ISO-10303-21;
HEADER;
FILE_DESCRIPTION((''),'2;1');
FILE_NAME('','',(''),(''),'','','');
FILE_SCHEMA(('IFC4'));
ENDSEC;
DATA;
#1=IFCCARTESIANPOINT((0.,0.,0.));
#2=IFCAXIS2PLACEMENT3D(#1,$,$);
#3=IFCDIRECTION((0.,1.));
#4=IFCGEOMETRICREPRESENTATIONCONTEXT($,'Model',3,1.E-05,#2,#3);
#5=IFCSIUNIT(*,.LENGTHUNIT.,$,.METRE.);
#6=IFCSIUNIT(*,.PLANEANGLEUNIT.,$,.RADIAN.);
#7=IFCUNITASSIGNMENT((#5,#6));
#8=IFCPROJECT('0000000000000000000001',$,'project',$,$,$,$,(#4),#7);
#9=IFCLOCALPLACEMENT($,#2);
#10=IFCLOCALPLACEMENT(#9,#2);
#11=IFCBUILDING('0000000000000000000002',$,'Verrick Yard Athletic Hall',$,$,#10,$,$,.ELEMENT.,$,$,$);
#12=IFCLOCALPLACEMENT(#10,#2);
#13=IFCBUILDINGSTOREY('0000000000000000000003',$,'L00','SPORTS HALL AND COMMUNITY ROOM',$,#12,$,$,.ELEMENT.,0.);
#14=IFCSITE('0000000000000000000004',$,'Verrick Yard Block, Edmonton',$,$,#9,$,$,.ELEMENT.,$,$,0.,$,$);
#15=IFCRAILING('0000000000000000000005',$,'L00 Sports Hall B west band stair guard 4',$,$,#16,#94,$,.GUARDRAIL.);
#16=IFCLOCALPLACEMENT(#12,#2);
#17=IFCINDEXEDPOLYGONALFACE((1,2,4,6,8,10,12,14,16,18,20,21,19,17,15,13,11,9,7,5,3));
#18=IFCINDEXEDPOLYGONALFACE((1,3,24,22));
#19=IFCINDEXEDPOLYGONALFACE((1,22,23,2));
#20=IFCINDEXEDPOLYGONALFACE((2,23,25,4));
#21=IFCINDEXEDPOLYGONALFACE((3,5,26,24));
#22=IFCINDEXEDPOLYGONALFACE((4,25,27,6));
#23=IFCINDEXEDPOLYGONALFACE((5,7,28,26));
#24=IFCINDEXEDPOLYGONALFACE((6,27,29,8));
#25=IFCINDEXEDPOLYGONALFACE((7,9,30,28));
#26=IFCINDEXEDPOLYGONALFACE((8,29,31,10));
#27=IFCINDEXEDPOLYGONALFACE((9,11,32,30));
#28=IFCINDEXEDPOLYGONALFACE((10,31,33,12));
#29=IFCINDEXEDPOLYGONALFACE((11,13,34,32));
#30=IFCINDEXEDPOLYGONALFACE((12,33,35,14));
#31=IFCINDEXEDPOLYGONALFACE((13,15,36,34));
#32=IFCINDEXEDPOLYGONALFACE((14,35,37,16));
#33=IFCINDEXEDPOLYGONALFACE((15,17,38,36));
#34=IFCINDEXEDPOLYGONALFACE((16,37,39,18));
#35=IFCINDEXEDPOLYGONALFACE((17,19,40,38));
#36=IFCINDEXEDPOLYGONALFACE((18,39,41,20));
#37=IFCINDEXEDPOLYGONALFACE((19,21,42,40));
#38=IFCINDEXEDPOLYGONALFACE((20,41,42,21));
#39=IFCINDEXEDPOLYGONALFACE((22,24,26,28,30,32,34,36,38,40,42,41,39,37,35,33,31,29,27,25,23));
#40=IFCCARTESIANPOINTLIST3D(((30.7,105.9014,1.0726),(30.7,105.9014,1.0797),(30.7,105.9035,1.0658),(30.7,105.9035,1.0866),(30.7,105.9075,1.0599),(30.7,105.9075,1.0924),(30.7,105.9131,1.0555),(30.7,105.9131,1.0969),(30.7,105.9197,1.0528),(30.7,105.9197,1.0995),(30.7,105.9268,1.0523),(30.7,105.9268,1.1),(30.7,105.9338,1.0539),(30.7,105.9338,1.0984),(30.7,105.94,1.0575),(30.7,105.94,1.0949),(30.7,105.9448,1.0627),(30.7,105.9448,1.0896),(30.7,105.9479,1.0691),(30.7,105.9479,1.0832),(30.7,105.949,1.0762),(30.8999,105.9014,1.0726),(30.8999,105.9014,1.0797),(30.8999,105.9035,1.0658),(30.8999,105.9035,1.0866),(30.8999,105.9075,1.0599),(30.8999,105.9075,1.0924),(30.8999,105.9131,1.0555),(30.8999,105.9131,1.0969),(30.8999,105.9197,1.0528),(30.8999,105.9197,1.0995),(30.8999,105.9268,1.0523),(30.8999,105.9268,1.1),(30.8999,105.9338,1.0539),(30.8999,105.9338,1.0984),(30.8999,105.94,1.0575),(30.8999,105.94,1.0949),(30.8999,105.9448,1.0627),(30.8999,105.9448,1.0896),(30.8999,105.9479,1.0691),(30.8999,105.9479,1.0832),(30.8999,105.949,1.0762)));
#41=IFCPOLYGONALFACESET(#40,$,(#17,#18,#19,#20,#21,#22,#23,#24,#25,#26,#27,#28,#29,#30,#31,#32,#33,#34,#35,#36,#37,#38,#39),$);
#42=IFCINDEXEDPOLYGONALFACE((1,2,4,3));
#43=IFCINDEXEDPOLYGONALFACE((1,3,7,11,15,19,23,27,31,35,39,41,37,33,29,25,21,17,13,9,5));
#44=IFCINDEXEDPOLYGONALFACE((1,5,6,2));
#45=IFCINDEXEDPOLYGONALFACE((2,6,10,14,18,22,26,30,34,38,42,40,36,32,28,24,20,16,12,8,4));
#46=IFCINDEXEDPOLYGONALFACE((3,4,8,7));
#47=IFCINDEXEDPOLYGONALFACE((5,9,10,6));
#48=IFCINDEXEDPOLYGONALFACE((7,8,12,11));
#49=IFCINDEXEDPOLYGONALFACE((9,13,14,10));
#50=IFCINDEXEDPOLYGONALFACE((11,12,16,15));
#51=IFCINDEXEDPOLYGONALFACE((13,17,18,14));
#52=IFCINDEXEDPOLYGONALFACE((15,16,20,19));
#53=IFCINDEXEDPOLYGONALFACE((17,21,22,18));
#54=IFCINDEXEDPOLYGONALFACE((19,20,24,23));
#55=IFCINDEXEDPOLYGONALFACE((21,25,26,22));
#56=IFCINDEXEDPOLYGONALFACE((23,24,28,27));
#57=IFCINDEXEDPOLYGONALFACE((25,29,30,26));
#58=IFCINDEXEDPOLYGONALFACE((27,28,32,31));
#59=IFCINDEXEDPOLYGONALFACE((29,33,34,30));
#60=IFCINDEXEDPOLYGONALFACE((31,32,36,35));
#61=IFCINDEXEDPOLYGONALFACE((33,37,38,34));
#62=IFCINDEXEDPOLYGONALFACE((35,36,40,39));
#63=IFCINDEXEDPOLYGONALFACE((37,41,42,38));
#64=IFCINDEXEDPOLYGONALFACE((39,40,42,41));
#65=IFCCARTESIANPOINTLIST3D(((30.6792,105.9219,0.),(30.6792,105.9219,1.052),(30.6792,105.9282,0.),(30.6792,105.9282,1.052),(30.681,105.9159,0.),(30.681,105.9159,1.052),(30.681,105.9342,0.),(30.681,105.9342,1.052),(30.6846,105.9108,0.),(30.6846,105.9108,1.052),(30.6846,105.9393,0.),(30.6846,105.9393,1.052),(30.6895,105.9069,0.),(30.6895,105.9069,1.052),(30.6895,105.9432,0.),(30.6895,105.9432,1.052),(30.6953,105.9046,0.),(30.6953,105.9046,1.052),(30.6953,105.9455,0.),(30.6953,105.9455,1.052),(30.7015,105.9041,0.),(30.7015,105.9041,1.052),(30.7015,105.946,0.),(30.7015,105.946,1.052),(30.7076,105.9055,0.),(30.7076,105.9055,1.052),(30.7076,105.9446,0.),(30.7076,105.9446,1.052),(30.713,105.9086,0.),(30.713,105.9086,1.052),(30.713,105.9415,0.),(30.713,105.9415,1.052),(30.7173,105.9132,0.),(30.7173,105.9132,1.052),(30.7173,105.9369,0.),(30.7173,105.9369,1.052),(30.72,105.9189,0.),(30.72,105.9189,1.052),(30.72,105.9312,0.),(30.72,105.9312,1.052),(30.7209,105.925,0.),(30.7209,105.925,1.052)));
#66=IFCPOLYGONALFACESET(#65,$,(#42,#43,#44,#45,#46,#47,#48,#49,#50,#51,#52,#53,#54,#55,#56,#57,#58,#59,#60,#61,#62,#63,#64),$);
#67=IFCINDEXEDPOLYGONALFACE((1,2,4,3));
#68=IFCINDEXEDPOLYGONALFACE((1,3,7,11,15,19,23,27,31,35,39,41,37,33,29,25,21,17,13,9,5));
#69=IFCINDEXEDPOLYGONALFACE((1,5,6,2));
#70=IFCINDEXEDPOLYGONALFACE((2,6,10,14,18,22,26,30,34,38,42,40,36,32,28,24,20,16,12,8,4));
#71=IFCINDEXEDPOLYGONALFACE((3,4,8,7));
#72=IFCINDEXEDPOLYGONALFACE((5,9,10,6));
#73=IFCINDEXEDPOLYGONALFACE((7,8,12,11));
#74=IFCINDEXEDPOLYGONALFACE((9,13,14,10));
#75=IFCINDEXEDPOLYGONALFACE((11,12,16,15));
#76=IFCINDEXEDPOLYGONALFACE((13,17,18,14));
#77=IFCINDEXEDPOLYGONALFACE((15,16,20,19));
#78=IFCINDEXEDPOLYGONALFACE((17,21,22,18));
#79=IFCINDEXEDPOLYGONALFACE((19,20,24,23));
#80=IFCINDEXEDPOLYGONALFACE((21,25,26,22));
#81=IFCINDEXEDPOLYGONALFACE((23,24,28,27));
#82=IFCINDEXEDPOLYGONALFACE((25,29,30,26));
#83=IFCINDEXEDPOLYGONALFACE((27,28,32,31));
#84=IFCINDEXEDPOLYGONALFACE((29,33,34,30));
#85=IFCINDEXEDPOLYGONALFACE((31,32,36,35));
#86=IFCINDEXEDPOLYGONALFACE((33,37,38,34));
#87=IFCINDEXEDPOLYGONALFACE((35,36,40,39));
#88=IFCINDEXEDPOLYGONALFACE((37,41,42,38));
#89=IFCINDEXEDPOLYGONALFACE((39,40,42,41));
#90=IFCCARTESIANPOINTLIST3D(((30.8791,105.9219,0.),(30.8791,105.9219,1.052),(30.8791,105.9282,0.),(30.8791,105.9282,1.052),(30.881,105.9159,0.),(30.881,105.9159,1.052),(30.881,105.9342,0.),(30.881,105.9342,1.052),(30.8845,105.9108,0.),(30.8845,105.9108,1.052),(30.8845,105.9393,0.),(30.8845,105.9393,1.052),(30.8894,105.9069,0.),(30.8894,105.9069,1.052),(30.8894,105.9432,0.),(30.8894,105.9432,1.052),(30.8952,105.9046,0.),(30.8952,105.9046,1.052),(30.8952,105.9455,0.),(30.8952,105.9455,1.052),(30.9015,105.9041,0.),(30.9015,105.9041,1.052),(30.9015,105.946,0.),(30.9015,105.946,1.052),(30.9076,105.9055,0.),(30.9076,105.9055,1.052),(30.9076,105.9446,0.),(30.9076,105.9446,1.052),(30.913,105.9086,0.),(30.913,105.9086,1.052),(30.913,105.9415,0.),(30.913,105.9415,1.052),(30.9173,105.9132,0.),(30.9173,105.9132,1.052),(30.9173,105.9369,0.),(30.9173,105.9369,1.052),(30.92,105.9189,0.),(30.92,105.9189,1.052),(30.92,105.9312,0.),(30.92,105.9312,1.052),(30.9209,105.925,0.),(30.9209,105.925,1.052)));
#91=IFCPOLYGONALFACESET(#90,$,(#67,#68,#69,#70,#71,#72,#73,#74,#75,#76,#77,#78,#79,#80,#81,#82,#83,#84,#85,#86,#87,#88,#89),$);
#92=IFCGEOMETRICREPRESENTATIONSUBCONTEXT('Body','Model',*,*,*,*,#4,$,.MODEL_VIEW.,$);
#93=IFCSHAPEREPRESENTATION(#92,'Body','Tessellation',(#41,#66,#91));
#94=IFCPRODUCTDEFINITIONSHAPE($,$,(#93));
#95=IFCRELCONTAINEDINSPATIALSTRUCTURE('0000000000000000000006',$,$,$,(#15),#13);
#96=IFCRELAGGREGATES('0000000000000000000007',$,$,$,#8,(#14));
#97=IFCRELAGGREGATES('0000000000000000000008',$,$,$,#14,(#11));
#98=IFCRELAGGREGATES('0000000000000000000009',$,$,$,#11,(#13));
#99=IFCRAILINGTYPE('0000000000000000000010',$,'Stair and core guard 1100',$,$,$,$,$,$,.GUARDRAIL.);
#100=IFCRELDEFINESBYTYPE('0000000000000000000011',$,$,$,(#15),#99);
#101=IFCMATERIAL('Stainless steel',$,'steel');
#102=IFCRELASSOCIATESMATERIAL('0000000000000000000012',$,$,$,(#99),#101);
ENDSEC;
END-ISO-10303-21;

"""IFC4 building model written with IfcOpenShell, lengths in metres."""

from ifc_helpers import new_model, si_unit, direction, frame, origin, origin_2d, place, context, subcontext, project, spatial, circle, extrude, material, type_object, element, save


model = new_model("IFC4")

# Units and contexts
model_context = context("Model", 3, precision=1e-05, world=origin(), true_north=direction((0.0, 1.0)))
body_context = subcontext(model_context, "Body", "Model", "MODEL_VIEW")
ifc_project = project(units=[si_unit("LENGTHUNIT", "METRE"), si_unit("PLANEANGLEUNIT", "RADIAN")], contexts=[model_context])

# Site, building, storey
site_placement = place(None, origin())
site = spatial("IfcSite", under=ifc_project, at=site_placement, Name="Verrick Yard Block, Edmonton", CompositionType="ELEMENT", RefElevation=0.0)
building_placement = place(site_placement, origin())
building = spatial("IfcBuilding", under=site, at=building_placement, Name="Verrick Yard Athletic Hall", CompositionType="ELEMENT")
storey_placement = place(building_placement, origin())
storey = spatial("IfcBuildingStorey", under=building, at=storey_placement, Name="L00", Description="SPORTS HALL AND COMMUNITY ROOM", CompositionType="ELEMENT", Elevation=0.0)

# Railing
ifc_material_1 = material(Name="Stainless steel", Category="steel")
railing_type_1 = type_object("IfcRailingType", Name="Stair and core guard 1100", PredefinedType="GUARDRAIL", material=ifc_material_1)
railing_1_placement = place(storey_placement, frame((30.7, 105.925, 0.0)))
element("IfcRailing", 1, at=railing_1_placement, inside=storey, type_object=railing_type_1, Name="L00 Sports Hall B west band stair guard 4", PredefinedType="GUARDRAIL", context=body_context, shape_type="SweptSolid", body=[
    extrude(circle(Radius=0.0239, at=origin_2d()), frame((0.0, 0.0, 1.0762), z_axis=(1.0, 0.0, 0.0), x_axis=(0.0, 1.0, 0.0)), (0.0, 0.0, 1.0), 0.2),
    extrude(circle(Radius=0.021, at=origin_2d()), origin(), (0.0, 0.0, 1.0), 1.052),
    extrude(circle(Radius=0.021, at=origin_2d()), frame((0.2, 0.0, 0.0)), (0.0, 0.0, 1.0), 1.052),
])

save(model, "model.ifc")
